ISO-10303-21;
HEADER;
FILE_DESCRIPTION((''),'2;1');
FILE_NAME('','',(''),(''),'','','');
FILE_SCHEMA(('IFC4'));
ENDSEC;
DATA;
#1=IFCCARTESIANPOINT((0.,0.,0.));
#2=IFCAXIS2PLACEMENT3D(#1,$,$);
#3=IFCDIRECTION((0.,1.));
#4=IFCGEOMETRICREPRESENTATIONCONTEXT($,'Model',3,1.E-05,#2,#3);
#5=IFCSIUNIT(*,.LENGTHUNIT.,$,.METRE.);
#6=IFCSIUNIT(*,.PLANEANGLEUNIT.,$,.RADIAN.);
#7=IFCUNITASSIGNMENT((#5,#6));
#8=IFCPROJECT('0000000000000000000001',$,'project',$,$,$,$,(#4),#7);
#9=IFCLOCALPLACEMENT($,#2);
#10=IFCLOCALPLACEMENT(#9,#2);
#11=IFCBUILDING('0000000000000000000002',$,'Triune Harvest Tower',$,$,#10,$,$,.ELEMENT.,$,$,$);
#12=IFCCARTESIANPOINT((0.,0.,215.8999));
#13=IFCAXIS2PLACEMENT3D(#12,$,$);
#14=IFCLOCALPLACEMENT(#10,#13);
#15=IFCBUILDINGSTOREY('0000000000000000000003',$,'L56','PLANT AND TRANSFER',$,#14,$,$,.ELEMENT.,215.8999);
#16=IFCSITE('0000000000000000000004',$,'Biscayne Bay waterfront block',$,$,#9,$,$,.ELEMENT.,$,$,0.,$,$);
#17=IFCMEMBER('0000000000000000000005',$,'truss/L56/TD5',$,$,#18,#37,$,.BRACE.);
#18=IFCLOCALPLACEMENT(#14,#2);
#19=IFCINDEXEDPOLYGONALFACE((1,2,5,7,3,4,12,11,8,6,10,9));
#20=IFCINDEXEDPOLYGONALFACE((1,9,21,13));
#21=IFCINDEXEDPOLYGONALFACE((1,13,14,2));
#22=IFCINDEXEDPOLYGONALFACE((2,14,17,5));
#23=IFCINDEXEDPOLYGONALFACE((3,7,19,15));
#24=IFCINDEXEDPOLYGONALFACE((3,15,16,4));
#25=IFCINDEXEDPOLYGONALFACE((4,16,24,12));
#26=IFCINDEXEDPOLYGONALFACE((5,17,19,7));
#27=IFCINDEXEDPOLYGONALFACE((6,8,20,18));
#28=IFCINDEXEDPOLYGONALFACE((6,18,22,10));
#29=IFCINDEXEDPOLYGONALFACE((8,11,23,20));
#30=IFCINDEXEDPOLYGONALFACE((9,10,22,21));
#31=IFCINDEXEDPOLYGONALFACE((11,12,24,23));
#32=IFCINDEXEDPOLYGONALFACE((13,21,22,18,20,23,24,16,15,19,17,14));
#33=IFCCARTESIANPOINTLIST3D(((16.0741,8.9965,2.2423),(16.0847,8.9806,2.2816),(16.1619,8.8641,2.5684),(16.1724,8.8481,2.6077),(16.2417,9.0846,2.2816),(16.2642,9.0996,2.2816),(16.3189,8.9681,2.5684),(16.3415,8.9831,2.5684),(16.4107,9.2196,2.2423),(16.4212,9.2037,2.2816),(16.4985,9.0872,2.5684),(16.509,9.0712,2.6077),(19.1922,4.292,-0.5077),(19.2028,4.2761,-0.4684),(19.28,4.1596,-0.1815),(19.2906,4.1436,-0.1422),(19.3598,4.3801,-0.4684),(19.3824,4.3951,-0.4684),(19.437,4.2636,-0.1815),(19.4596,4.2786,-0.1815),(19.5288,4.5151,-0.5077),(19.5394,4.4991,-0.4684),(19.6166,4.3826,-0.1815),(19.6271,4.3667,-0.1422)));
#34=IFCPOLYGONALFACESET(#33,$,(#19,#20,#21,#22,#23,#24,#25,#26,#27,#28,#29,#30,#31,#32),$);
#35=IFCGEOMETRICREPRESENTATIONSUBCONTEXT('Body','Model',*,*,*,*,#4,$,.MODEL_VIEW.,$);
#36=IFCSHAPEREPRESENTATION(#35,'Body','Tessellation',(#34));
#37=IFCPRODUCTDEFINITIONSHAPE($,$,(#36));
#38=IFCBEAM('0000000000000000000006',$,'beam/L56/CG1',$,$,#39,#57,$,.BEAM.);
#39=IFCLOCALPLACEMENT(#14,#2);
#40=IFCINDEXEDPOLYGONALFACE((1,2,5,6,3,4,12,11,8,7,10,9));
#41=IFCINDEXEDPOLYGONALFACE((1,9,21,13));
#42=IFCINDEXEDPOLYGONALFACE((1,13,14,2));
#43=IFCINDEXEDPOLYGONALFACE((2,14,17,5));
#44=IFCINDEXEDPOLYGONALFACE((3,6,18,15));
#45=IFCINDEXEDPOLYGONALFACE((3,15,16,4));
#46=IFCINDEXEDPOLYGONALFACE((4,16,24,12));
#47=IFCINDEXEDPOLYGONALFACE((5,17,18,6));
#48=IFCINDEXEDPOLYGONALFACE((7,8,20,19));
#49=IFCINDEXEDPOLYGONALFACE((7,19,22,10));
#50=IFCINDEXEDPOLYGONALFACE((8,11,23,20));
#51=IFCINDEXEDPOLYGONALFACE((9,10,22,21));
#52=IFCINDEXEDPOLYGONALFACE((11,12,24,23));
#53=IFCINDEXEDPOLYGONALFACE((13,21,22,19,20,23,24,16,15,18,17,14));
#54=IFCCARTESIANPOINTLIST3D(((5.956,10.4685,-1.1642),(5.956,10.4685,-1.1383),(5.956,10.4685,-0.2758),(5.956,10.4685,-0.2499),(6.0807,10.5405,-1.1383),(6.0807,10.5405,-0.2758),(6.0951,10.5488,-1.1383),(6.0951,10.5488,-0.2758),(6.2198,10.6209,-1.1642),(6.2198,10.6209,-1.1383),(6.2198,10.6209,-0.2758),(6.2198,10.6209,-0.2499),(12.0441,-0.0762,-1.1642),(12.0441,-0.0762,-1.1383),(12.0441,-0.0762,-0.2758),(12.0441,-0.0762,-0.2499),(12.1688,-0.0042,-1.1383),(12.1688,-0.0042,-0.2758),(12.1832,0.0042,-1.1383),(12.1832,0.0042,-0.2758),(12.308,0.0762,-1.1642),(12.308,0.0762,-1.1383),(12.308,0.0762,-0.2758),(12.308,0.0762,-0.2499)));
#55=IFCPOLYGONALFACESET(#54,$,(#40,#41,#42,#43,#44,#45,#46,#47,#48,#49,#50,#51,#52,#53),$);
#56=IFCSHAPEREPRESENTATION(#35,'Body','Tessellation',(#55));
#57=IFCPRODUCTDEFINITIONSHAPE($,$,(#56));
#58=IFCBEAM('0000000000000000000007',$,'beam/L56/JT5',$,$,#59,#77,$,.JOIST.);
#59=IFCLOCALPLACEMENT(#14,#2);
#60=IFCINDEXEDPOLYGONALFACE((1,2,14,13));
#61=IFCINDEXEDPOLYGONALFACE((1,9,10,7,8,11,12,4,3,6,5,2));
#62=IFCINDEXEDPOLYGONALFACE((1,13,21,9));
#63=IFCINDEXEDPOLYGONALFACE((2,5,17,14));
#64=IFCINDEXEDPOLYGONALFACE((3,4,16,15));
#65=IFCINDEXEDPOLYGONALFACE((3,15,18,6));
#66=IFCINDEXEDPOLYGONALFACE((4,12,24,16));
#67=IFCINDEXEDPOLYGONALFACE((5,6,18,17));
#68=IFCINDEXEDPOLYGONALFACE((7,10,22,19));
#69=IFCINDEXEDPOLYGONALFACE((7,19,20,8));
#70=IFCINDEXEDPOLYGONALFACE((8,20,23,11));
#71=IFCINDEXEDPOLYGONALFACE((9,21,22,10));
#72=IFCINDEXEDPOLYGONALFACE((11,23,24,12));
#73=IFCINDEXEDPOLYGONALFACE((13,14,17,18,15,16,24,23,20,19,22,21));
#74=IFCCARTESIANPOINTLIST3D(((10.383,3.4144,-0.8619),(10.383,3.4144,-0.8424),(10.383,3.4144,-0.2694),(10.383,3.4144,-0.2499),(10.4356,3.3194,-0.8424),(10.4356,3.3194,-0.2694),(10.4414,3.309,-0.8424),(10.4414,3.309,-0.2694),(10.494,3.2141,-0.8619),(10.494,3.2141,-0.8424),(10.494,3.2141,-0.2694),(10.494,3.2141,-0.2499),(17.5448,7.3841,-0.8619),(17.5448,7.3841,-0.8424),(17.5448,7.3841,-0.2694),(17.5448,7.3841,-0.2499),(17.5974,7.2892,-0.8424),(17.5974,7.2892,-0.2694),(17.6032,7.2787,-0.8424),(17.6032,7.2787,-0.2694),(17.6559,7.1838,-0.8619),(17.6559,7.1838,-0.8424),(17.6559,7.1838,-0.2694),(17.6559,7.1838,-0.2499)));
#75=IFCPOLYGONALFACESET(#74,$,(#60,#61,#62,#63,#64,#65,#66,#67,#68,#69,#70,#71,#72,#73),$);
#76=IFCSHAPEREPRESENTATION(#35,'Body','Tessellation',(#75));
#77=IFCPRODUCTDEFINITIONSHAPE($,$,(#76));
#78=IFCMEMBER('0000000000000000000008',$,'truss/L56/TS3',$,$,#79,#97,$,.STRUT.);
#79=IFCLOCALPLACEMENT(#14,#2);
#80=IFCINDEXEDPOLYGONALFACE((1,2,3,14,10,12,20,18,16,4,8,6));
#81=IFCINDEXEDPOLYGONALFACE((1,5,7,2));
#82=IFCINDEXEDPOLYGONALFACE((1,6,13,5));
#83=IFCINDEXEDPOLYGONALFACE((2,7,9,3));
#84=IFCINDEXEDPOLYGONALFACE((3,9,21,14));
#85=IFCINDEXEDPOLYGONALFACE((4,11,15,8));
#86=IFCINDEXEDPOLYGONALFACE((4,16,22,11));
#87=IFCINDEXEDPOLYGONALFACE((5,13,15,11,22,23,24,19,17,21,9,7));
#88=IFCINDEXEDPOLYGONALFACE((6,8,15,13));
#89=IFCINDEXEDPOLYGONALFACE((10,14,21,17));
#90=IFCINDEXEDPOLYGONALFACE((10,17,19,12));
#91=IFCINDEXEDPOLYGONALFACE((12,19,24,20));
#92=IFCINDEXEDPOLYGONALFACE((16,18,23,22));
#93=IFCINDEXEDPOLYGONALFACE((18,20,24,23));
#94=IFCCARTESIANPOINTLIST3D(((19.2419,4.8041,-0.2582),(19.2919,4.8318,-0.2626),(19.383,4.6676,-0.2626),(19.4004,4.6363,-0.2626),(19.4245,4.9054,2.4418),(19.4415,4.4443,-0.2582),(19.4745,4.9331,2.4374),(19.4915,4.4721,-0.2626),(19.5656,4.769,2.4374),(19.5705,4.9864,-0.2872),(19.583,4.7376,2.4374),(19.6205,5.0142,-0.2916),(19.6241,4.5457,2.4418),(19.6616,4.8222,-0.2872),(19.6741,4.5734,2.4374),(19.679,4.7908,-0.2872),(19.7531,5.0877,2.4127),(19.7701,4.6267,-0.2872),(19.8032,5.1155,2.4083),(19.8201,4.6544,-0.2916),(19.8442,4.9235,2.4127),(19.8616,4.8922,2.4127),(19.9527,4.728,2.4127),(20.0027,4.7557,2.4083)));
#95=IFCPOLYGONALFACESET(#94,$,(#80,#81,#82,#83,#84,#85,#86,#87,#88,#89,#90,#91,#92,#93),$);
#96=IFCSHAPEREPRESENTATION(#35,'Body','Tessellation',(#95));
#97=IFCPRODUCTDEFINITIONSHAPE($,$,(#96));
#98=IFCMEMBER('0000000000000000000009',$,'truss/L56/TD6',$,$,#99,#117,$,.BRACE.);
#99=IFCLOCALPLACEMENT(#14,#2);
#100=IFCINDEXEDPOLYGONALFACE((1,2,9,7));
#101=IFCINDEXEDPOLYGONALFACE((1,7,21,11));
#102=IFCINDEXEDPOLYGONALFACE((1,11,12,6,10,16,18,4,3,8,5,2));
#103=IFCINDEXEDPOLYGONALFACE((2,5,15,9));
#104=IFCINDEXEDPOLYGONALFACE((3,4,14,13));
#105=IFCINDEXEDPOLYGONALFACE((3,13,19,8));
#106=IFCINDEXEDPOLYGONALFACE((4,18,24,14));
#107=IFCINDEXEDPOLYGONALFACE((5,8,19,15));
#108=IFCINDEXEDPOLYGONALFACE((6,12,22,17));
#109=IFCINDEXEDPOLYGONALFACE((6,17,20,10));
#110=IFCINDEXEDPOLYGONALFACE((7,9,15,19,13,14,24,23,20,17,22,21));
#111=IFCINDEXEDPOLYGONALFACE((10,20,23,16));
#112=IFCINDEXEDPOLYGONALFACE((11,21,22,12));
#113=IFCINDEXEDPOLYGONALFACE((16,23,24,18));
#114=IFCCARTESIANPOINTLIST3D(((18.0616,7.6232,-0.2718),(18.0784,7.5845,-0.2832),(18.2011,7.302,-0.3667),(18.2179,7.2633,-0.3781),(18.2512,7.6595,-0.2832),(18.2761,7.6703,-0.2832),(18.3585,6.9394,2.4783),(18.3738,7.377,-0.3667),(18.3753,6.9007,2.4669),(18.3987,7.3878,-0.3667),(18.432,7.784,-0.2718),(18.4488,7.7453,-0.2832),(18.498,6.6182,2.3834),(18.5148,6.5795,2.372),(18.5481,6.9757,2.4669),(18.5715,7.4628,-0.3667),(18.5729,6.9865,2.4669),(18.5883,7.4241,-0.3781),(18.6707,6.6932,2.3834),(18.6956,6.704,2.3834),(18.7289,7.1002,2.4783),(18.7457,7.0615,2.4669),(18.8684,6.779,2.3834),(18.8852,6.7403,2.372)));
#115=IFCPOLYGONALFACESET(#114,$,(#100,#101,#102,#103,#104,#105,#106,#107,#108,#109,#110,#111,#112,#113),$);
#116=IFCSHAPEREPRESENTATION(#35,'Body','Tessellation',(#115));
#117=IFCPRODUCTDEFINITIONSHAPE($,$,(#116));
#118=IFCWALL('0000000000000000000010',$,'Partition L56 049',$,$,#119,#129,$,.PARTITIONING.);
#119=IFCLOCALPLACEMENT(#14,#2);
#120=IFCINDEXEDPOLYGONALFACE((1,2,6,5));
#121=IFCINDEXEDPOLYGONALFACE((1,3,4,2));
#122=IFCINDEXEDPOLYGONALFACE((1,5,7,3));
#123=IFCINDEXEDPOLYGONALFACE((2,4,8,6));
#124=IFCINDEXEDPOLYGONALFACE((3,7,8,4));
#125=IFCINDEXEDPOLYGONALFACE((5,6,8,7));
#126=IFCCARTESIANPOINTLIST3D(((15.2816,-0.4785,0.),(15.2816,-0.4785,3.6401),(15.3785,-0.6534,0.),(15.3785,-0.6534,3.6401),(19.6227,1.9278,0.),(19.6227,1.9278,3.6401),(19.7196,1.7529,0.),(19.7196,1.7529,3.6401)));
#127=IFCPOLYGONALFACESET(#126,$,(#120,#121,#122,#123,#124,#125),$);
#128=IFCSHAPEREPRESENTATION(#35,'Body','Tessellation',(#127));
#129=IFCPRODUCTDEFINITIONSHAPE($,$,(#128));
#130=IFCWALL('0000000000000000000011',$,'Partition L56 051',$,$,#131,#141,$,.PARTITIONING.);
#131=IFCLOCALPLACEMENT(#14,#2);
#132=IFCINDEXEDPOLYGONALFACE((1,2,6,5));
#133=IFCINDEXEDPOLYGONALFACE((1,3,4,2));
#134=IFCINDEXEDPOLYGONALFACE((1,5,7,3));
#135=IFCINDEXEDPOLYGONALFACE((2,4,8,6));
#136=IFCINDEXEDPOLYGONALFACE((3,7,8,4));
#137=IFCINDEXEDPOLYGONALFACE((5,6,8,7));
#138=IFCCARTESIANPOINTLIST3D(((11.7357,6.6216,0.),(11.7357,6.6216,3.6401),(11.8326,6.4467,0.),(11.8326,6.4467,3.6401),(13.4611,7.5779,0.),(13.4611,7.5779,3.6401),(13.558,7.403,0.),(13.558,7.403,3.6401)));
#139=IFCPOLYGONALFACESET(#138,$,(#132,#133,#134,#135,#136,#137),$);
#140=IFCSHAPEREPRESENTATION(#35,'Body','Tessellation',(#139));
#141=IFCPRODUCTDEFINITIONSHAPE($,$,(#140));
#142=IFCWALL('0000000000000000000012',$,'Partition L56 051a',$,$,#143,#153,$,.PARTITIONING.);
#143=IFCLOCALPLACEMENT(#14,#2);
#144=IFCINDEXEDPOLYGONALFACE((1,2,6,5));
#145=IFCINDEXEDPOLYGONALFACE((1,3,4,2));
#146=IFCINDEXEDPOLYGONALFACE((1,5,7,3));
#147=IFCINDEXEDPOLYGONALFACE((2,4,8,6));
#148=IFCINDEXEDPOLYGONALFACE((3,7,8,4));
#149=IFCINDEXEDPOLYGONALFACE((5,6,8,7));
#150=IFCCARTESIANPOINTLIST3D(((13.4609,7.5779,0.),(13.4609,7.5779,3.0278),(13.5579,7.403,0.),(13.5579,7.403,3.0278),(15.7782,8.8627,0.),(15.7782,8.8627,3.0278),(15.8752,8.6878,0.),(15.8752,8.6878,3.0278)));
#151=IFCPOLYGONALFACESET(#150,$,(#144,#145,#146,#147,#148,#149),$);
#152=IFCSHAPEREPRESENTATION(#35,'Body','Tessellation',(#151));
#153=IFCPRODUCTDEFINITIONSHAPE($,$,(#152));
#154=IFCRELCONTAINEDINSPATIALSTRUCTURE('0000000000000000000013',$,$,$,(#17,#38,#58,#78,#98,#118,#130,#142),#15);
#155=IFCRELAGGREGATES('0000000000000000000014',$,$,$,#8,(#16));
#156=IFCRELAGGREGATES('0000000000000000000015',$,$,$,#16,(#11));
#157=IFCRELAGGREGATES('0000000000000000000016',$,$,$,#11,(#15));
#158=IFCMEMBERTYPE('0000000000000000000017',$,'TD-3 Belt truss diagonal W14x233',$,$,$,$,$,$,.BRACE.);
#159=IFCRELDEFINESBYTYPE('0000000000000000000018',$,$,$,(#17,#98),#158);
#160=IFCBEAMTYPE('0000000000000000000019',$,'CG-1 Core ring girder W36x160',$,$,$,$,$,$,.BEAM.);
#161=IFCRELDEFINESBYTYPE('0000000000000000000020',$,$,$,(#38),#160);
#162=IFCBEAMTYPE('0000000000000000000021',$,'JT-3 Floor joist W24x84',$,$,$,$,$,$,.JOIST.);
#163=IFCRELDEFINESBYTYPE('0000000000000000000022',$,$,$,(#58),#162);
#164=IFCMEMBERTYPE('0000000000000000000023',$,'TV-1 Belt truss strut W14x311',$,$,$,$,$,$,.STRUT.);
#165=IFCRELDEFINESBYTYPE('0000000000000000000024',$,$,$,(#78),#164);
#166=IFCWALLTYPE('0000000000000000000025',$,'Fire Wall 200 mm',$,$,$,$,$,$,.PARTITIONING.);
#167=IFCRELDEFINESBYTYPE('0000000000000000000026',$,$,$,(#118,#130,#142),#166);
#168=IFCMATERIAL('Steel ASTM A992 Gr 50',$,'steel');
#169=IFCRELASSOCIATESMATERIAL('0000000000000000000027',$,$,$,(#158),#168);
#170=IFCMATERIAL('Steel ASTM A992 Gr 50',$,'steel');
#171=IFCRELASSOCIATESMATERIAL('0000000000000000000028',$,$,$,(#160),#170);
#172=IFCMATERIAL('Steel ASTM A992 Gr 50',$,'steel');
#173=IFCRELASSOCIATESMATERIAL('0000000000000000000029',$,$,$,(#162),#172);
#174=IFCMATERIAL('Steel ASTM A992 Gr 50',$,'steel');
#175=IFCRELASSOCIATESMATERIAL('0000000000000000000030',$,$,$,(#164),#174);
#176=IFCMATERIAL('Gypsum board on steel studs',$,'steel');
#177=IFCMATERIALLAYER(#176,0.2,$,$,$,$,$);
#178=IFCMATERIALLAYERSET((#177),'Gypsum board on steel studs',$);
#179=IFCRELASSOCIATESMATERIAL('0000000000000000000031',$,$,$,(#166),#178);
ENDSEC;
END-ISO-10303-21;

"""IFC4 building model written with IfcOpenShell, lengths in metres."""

from ifc_helpers import new_model, si_unit, direction, frame, frame_2d, origin, origin_2d, place, context, subcontext, project, spatial, rectangle, i_section, extrude, source, transform, mapped, material, layer, layer_set, material_profile, profile_set, type_object, element, save


model = new_model("IFC4")

# Units and contexts
model_context = context("Model", 3, precision=1e-05, world=origin(), true_north=direction((0.0, 1.0)))
body_context = subcontext(model_context, "Body", "Model", "MODEL_VIEW")
ifc_project = project(units=[si_unit("LENGTHUNIT", "METRE"), si_unit("PLANEANGLEUNIT", "RADIAN")], contexts=[model_context])

# Site, building, storey
site_placement = place(None, origin())
site = spatial("IfcSite", under=ifc_project, at=site_placement, Name="Biscayne Bay waterfront block", CompositionType="ELEMENT", RefElevation=0.0)
building_placement = place(site_placement, origin())
building = spatial("IfcBuilding", under=site, at=building_placement, Name="Triune Harvest Tower", CompositionType="ELEMENT")
storey_placement = place(building_placement, frame((0.0, 0.0, 215.8999)))
storey = spatial("IfcBuildingStorey", under=building, at=storey_placement, Name="L56", Description="PLANT AND TRANSFER", CompositionType="ELEMENT", Elevation=215.8999)

# Member
ifc_material_1 = material(Name="Steel ASTM A992 Gr 50", Category="steel")
ifc_material_profile_1 = material_profile(ifc_material_1, i_section(OverallWidth=0.4038, OverallDepth=0.4065, WebThickness=0.0271, FlangeThickness=0.0437, at=origin_2d()), Name="W14x233")
ifc_profile_set_1 = profile_set([ifc_material_profile_1], Name="Steel ASTM A992 Gr 50")
member_type_1 = type_object("IfcMemberType", Name="TD-3 Belt truss diagonal W14x233", PredefinedType="BRACE", material=ifc_profile_set_1)
member_1_placement = place(storey_placement, frame((19.4097, 4.3293, -0.325), z_axis=(-0.496648, 0.749327, 0.438008), x_axis=(-0.833538, -0.552462, 0.0)))
element("IfcMember", 1, at=member_1_placement, inside=storey, type_object=member_type_1, Name="truss/L56/TD5", PredefinedType="BRACE", context=body_context, shape_type="SweptSolid", body=[
    extrude(i_section(OverallWidth=0.4038, OverallDepth=0.4065, WebThickness=0.0271, FlangeThickness=0.0437, at=origin_2d()), origin(), (0.0, 0.0, 1.0), 6.2783),
])

# Beams
ifc_material_2 = material(Name="Steel ASTM A992 Gr 50", Category="steel")
ifc_material_profile_2 = material_profile(ifc_material_2, i_section(OverallWidth=0.3047, OverallDepth=0.9143, WebThickness=0.0166, FlangeThickness=0.0259, at=origin_2d()), Name="W36x160")
ifc_profile_set_2 = profile_set([ifc_material_profile_2], Name="Steel ASTM A992 Gr 50")
beam_type_1 = type_object("IfcBeamType", Name="CG-1 Core ring girder W36x160", PredefinedType="BEAM", material=ifc_profile_set_2)
shared_shape_1 = source(origin(), body_context, "Body", "SweptSolid", [
    extrude(i_section(OverallWidth=0.3047, OverallDepth=0.9143, WebThickness=0.0166, FlangeThickness=0.0259, at=origin_2d()), origin(), (0.0, 0.0, 1.0), 12.176),
])
beam_1_placement = place(storey_placement, frame((12.176, 0.0, -0.707), z_axis=(-0.50001, 0.86602, 0.0), x_axis=(-0.86602, -0.50001, 0.0)))
element("IfcBeam", 2, at=beam_1_placement, inside=storey, type_object=beam_type_1, Name="beam/L56/CG1", PredefinedType="BEAM", context=body_context, shape_type="MappedRepresentation", body=[
    mapped(shared_shape_1, transform((0.0, 0.0, 0.0), scale=1.0)),
])
ifc_material_3 = material(Name="Steel ASTM A992 Gr 50", Category="steel")
ifc_material_profile_3 = material_profile(ifc_material_3, i_section(OverallWidth=0.229, OverallDepth=0.6121, WebThickness=0.012, FlangeThickness=0.0195, at=origin_2d()), Name="W24x84")
ifc_profile_set_3 = profile_set([ifc_material_profile_3], Name="Steel ASTM A992 Gr 50")
beam_type_2 = type_object("IfcBeamType", Name="JT-3 Floor joist W24x84", PredefinedType="JOIST", material=ifc_profile_set_3)
shared_shape_2 = source(origin(), body_context, "Body", "SweptSolid", [
    extrude(i_section(OverallWidth=0.229, OverallDepth=0.6121, WebThickness=0.012, FlangeThickness=0.0195, at=origin_2d()), origin(), (0.0, 0.0, 1.0), 8.1885),
])
beam_2_placement = place(storey_placement, frame((17.6003, 7.2839, -0.5559), z_axis=(-0.874628, -0.484795, 0.0), x_axis=(0.484795, -0.874628, 0.0)))
element("IfcBeam", 3, at=beam_2_placement, inside=storey, type_object=beam_type_2, Name="beam/L56/JT5", PredefinedType="JOIST", context=body_context, shape_type="MappedRepresentation", body=[
    mapped(shared_shape_2, transform((0.0, 0.0, 0.0), scale=1.0)),
])

# Members
ifc_material_4 = material(Name="Steel ASTM A992 Gr 50", Category="steel")
ifc_material_profile_4 = material_profile(ifc_material_4, i_section(OverallWidth=0.4114, OverallDepth=0.4343, WebThickness=0.0359, FlangeThickness=0.0574, at=origin_2d()), Name="W14x311")
ifc_profile_set_4 = profile_set([ifc_material_profile_4], Name="Steel ASTM A992 Gr 50")
member_type_2 = type_object("IfcMemberType", Name="TV-1 Belt truss strut W14x311", PredefinedType="STRUT", material=ifc_profile_set_4)
shared_shape_3 = source(origin(), body_context, "Body", "SweptSolid", [
    extrude(i_section(OverallWidth=0.4114, OverallDepth=0.4343, WebThickness=0.0359, FlangeThickness=0.0574, at=origin_2d()), origin(), (0.0, 0.0, 1.0), 2.708),
])
member_2_placement = place(storey_placement, frame((19.531, 4.7292, -0.2749), z_axis=(0.067436, 0.037414, 0.997022), x_axis=(-0.485147, 0.874433, 0.0)))
element("IfcMember", 4, at=member_2_placement, inside=storey, type_object=member_type_2, Name="truss/L56/TS3", PredefinedType="STRUT", context=body_context, shape_type="MappedRepresentation", body=[
    mapped(shared_shape_3, transform((0.0, 0.0, 0.0), scale=1.0)),
])
shared_shape_4 = source(origin(), body_context, "Body", "SweptSolid", [
    extrude(i_section(OverallWidth=0.4038, OverallDepth=0.4065, WebThickness=0.0271, FlangeThickness=0.0437, at=origin_2d()), origin(), (0.0, 0.0, 1.0), 2.8494),
])
member_3_placement = place(storey_placement, frame((18.325, 7.5237, -0.325), z_axis=(0.104194, -0.240006, 0.965164), x_axis=(0.917289, 0.398223, 0.0)))
element("IfcMember", 5, at=member_3_placement, inside=storey, type_object=member_type_1, Name="truss/L56/TD6", PredefinedType="BRACE", context=body_context, shape_type="MappedRepresentation", body=[
    mapped(shared_shape_4, transform((0.0, 0.0, 0.0), scale=1.0)),
])

# Walls
ifc_material_5 = material(Name="Gypsum board on steel studs", Category="steel")
ifc_layer_1 = layer(ifc_material_5, 0.2)
ifc_layer_set_1 = layer_set([ifc_layer_1], Name="Gypsum board on steel studs")
wall_type_1 = type_object("IfcWallType", Name="Fire Wall 200 mm", PredefinedType="PARTITIONING", material=ifc_layer_set_1)
wall_1_placement = place(storey_placement, frame((15.3301, -0.5659, 0.0), z_axis=(0.0, 0.0, 1.0), x_axis=(0.874623, 0.484803, 0.0)))
element("IfcWall", 6, at=wall_1_placement, inside=storey, type_object=wall_type_1, Name="Partition L56 049", PredefinedType="PARTITIONING", context=body_context, shape_type="SweptSolid", body=[
    extrude(rectangle(XDim=4.9634, YDim=0.2, at=frame_2d((2.4817, 0.0))), origin(), (0.0, 0.0, 1.0), 3.6401),
])
wall_2_placement = place(storey_placement, frame((11.7842, 6.5342, 0.0), z_axis=(0.0, 0.0, 1.0), x_axis=(0.874636, 0.484781, 0.0)))
element("IfcWall", 7, at=wall_2_placement, inside=storey, type_object=wall_type_1, Name="Partition L56 051", PredefinedType="PARTITIONING", context=body_context, shape_type="SweptSolid", body=[
    extrude(rectangle(XDim=1.9727, YDim=0.2, at=frame_2d((0.9863, 0.0))), origin(), (0.0, 0.0, 1.0), 3.6401),
])
wall_3_placement = place(storey_placement, frame((13.5095, 7.4905, 0.0), z_axis=(0.0, 0.0, 1.0), x_axis=(0.874561, 0.484915, 0.0)))
element("IfcWall", 8, at=wall_3_placement, inside=storey, type_object=wall_type_1, Name="Partition L56 051a", PredefinedType="PARTITIONING", context=body_context, shape_type="SweptSolid", body=[
    extrude(rectangle(XDim=2.6497, YDim=0.2, at=frame_2d((1.3247, 0.0))), origin(), (0.0, 0.0, 1.0), 3.0278),
])

save(model, "model.ifc")
